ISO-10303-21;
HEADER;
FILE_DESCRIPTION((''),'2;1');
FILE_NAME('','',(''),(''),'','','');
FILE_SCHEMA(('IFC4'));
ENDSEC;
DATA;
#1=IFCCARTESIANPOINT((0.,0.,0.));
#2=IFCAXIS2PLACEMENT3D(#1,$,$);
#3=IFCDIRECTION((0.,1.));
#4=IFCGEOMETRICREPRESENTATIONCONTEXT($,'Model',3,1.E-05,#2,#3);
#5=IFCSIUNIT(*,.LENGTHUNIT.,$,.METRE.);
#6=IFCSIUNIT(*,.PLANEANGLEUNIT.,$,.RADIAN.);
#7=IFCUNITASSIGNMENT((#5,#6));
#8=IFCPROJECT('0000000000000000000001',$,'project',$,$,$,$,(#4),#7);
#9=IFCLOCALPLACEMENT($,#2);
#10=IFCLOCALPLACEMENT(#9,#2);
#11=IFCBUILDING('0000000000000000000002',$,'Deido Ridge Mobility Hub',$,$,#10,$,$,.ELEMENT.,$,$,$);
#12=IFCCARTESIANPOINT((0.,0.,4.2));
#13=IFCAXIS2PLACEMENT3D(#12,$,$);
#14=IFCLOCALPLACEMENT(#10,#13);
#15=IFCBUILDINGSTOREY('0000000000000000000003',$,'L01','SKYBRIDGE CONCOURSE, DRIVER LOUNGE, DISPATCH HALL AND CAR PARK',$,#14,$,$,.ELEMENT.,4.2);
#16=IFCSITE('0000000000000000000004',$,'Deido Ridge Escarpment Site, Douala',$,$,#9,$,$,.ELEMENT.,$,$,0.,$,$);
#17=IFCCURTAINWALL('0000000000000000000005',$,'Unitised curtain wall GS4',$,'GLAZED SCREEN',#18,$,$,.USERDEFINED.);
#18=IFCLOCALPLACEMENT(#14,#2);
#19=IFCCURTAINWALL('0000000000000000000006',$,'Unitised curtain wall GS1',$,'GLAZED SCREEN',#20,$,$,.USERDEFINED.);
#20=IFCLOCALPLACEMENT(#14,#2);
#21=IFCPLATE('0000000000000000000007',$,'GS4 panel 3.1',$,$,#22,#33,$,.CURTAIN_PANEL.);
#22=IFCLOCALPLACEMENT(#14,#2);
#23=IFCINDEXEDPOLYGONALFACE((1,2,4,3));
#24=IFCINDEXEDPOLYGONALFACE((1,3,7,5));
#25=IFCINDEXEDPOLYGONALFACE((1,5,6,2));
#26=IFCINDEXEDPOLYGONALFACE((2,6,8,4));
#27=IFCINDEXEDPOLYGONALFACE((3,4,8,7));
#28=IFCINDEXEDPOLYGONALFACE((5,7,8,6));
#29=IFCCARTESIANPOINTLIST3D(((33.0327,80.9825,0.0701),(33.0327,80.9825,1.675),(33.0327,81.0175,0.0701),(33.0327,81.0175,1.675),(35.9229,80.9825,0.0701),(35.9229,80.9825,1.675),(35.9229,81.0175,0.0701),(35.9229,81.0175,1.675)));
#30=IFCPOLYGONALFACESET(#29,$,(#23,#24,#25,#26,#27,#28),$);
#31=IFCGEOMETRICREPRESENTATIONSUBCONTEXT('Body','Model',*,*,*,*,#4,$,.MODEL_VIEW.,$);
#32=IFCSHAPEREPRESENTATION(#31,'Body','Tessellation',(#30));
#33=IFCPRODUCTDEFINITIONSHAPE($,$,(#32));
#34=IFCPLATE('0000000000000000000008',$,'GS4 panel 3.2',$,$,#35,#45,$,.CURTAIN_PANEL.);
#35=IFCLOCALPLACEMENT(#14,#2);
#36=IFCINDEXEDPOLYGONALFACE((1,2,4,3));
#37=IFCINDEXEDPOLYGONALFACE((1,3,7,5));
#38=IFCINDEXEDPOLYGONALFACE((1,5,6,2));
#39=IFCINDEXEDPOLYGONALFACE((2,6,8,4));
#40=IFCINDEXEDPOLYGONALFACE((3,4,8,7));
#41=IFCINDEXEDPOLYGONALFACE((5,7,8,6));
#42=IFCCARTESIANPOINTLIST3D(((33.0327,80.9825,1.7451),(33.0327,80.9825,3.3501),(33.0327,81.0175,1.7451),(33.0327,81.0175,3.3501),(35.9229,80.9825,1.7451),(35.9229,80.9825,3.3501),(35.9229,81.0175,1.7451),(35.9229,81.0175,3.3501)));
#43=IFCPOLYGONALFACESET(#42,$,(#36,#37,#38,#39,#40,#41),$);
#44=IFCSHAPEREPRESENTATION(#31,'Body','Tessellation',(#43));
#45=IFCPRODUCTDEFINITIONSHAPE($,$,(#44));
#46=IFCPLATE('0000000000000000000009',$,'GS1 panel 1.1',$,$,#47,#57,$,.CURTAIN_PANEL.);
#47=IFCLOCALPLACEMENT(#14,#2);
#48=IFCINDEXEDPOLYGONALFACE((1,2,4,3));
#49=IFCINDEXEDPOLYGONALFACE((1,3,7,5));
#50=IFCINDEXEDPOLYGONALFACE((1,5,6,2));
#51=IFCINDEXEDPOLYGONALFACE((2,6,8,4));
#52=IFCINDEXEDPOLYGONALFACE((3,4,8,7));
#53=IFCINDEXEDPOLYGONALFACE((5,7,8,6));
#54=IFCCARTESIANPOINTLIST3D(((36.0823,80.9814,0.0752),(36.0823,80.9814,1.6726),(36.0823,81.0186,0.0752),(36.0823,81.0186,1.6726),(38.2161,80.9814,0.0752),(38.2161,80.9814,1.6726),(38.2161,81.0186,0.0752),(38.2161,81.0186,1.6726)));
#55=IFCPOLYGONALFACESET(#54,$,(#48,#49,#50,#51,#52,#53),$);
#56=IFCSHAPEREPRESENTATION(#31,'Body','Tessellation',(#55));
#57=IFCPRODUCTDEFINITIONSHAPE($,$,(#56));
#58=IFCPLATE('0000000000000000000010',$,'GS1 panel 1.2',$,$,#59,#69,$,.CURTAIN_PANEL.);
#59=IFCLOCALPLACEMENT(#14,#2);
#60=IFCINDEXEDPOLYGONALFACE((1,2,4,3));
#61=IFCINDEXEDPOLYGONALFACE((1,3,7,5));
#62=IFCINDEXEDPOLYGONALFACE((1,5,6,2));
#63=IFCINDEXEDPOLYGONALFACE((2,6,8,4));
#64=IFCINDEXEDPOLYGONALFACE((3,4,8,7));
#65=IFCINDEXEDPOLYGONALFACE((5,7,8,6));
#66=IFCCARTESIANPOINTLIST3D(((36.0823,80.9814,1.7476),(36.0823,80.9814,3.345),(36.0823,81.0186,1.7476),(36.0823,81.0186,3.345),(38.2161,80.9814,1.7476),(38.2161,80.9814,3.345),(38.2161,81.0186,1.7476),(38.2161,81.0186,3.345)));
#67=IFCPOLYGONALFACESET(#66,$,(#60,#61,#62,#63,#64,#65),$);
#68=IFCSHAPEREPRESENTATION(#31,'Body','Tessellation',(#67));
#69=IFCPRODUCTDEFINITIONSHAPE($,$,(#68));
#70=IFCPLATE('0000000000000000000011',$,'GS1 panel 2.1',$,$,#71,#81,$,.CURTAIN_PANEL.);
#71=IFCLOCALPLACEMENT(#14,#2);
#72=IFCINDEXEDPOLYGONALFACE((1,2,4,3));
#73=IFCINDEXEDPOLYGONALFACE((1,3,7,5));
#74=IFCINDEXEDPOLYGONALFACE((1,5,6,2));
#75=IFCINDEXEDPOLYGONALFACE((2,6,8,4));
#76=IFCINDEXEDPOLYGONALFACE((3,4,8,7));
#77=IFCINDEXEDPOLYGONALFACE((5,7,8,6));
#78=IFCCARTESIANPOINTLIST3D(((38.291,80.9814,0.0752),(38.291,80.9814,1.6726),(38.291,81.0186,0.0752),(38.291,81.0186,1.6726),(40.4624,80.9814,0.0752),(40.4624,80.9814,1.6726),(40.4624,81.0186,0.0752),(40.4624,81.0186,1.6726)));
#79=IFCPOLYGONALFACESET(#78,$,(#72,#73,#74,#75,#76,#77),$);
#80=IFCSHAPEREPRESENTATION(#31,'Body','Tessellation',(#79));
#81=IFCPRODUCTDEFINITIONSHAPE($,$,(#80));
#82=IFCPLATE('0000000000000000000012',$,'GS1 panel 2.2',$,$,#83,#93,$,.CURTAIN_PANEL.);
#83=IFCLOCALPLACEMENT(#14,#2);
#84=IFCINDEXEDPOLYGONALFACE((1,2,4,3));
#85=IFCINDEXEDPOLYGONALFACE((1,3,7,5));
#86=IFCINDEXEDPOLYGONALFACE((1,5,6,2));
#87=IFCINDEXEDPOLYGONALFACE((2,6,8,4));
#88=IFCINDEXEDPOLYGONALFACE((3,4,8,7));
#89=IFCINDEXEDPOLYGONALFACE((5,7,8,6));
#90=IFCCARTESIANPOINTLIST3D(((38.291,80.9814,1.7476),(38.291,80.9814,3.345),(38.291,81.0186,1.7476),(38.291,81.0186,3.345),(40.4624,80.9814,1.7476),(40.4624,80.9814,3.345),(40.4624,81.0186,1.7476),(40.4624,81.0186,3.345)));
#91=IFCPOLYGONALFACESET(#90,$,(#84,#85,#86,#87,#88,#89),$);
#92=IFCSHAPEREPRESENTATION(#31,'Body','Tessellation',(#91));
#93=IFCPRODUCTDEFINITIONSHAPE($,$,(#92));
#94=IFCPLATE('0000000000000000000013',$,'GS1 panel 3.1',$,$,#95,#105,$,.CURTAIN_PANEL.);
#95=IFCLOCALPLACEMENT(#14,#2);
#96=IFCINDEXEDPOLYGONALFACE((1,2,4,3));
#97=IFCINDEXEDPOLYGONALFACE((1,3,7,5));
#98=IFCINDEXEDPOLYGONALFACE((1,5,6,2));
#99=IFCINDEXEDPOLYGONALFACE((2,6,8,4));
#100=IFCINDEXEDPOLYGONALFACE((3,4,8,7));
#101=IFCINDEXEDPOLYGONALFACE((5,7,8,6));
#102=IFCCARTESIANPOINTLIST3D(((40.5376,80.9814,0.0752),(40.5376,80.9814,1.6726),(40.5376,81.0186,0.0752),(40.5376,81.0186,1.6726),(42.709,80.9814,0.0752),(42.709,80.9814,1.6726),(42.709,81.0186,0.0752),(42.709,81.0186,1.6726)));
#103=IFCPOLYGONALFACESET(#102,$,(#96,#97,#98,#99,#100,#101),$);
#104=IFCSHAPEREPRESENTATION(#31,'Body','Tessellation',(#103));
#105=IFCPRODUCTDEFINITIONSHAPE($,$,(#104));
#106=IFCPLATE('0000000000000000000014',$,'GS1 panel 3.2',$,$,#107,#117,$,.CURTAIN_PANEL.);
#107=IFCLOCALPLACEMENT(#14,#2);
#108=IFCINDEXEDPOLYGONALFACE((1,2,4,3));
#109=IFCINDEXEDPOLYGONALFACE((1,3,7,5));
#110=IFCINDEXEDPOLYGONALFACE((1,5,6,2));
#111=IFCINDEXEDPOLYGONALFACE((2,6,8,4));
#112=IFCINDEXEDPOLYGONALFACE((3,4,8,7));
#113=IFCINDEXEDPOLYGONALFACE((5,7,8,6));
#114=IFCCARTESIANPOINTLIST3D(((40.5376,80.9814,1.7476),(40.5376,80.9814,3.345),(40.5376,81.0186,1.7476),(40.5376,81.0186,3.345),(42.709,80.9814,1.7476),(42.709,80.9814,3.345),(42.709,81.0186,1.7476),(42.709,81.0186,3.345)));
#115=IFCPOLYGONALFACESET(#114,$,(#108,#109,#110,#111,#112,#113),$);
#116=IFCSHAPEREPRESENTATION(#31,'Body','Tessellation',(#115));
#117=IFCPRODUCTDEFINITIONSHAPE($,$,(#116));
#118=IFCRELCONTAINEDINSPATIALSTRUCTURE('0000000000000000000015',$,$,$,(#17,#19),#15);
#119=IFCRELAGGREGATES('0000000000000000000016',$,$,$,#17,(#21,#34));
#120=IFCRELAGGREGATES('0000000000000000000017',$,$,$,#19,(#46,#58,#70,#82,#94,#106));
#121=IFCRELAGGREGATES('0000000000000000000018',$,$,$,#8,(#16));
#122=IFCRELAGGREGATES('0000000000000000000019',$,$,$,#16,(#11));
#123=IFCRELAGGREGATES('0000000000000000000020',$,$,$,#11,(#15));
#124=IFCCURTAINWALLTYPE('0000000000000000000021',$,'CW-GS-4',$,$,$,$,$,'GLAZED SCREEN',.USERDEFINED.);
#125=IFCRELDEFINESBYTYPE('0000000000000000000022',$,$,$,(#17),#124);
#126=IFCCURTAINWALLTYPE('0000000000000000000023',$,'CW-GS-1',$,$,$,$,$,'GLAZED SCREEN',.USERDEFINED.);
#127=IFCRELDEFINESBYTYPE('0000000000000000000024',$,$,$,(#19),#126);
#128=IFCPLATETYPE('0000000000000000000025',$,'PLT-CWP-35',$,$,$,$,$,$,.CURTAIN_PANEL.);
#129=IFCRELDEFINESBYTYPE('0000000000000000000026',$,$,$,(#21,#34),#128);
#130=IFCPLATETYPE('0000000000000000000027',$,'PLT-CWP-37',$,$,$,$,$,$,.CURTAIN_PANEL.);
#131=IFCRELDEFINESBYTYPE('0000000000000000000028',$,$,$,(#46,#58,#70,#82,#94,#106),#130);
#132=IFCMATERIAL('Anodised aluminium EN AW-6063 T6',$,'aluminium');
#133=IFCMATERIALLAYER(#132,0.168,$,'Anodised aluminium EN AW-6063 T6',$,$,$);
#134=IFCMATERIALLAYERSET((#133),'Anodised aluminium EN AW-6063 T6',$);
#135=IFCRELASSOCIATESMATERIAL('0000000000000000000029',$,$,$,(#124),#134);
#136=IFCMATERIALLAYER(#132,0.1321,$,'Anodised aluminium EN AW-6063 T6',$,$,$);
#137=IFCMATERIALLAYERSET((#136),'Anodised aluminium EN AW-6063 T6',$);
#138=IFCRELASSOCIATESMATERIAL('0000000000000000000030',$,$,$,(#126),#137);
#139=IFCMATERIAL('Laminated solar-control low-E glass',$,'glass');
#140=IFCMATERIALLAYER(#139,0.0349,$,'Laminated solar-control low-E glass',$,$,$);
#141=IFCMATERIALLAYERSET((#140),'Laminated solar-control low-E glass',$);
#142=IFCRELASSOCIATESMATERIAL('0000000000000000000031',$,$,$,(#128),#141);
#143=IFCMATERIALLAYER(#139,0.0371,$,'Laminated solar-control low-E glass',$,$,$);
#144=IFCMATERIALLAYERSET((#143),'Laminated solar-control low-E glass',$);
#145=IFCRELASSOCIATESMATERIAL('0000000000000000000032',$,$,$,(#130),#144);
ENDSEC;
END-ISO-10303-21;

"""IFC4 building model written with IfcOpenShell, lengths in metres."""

from ifc_helpers import new_model, si_unit, direction, frame, origin, origin_2d, place, context, subcontext, project, spatial, rectangle, extrude, material, layer, layer_set, type_object, element, aggregate, save


model = new_model("IFC4")

# Units and contexts
model_context = context("Model", 3, precision=1e-05, world=origin(), true_north=direction((0.0, 1.0)))
body_context = subcontext(model_context, "Body", "Model", "MODEL_VIEW")
ifc_project = project(units=[si_unit("LENGTHUNIT", "METRE"), si_unit("PLANEANGLEUNIT", "RADIAN")], contexts=[model_context])

# Site, building, storey
site_placement = place(None, origin())
site = spatial("IfcSite", under=ifc_project, at=site_placement, Name="Deido Ridge Escarpment Site, Douala", CompositionType="ELEMENT", RefElevation=0.0)
building_placement = place(site_placement, origin())
building = spatial("IfcBuilding", under=site, at=building_placement, Name="Deido Ridge Mobility Hub", CompositionType="ELEMENT")
storey_placement = place(building_placement, frame((0.0, 0.0, 4.2)))
storey = spatial("IfcBuildingStorey", under=building, at=storey_placement, Name="L01", Description="SKYBRIDGE CONCOURSE, DRIVER LOUNGE, DISPATCH HALL AND CAR PARK", CompositionType="ELEMENT", Elevation=4.2)

# Curtain walls
ifc_material_1 = material(Name="Anodised aluminium EN AW-6063 T6", Category="aluminium")
ifc_layer_1 = layer(ifc_material_1, 0.168, Name="Anodised aluminium EN AW-6063 T6")
ifc_layer_set_1 = layer_set([ifc_layer_1], Name="Anodised aluminium EN AW-6063 T6")
curtain_wall_type_1 = type_object("IfcCurtainWallType", Name="CW-GS-4", ElementType="GLAZED SCREEN", PredefinedType="USERDEFINED", material=ifc_layer_set_1)
curtain_wall_1_placement = place(storey_placement, origin())
curtain_wall_1 = element("IfcCurtainWall", 1, at=curtain_wall_1_placement, inside=storey, type_object=curtain_wall_type_1, Name="Unitised curtain wall GS4", ObjectType="GLAZED SCREEN", PredefinedType="USERDEFINED")
ifc_layer_2 = layer(ifc_material_1, 0.1321, Name="Anodised aluminium EN AW-6063 T6")
ifc_layer_set_2 = layer_set([ifc_layer_2], Name="Anodised aluminium EN AW-6063 T6")
curtain_wall_type_2 = type_object("IfcCurtainWallType", Name="CW-GS-1", ElementType="GLAZED SCREEN", PredefinedType="USERDEFINED", material=ifc_layer_set_2)
curtain_wall_2_placement = place(storey_placement, origin())
curtain_wall_2 = element("IfcCurtainWall", 2, at=curtain_wall_2_placement, inside=storey, type_object=curtain_wall_type_2, Name="Unitised curtain wall GS1", ObjectType="GLAZED SCREEN", PredefinedType="USERDEFINED")

# Plates
ifc_material_2 = material(Name="Laminated solar-control low-E glass", Category="glass")
ifc_layer_3 = layer(ifc_material_2, 0.0349, Name="Laminated solar-control low-E glass")
ifc_layer_set_3 = layer_set([ifc_layer_3], Name="Laminated solar-control low-E glass")
plate_type_1 = type_object("IfcPlateType", Name="PLT-CWP-35", PredefinedType="CURTAIN_PANEL", material=ifc_layer_set_3)
plate_1_placement = place(storey_placement, frame((34.4778, 81.0, 0.0701), z_axis=(0.0, 0.0, 1.0), x_axis=(1.0, 0.0, 0.0)))
plate_1 = element("IfcPlate", 3, at=plate_1_placement, type_object=plate_type_1, Name="GS4 panel 3.1", PredefinedType="CURTAIN_PANEL", context=body_context, shape_type="SweptSolid", body=[
    extrude(rectangle(XDim=2.8901, YDim=0.0349, at=origin_2d()), origin(), (0.0, 0.0, 1.0), 1.605),
])
plate_2_placement = place(storey_placement, frame((34.4778, 81.0, 1.7451), z_axis=(0.0, 0.0, 1.0), x_axis=(1.0, 0.0, 0.0)))
plate_2 = element("IfcPlate", 4, at=plate_2_placement, type_object=plate_type_1, Name="GS4 panel 3.2", PredefinedType="CURTAIN_PANEL", context=body_context, shape_type="SweptSolid", body=[
    extrude(rectangle(XDim=2.8901, YDim=0.0349, at=origin_2d()), origin(), (0.0, 0.0, 1.0), 1.605),
])
aggregate(curtain_wall_1, [plate_1, plate_2])
ifc_layer_4 = layer(ifc_material_2, 0.0371, Name="Laminated solar-control low-E glass")
ifc_layer_set_4 = layer_set([ifc_layer_4], Name="Laminated solar-control low-E glass")
plate_type_2 = type_object("IfcPlateType", Name="PLT-CWP-37", PredefinedType="CURTAIN_PANEL", material=ifc_layer_set_4)
plate_3_placement = place(storey_placement, frame((37.1492, 81.0, 0.0752), z_axis=(0.0, 0.0, 1.0), x_axis=(1.0, 0.0, 0.0)))
plate_3 = element("IfcPlate", 5, at=plate_3_placement, type_object=plate_type_2, Name="GS1 panel 1.1", PredefinedType="CURTAIN_PANEL", context=body_context, shape_type="SweptSolid", body=[
    extrude(rectangle(XDim=2.1338, YDim=0.0371, at=origin_2d()), origin(), (0.0, 0.0, 1.0), 1.5974),
])
plate_4_placement = place(storey_placement, frame((37.1492, 81.0, 1.7476), z_axis=(0.0, 0.0, 1.0), x_axis=(1.0, 0.0, 0.0)))
plate_4 = element("IfcPlate", 6, at=plate_4_placement, type_object=plate_type_2, Name="GS1 panel 1.2", PredefinedType="CURTAIN_PANEL", context=body_context, shape_type="SweptSolid", body=[
    extrude(rectangle(XDim=2.1338, YDim=0.0371, at=origin_2d()), origin(), (0.0, 0.0, 1.0), 1.5974),
])
plate_5_placement = place(storey_placement, frame((39.3767, 81.0, 0.0752), z_axis=(0.0, 0.0, 1.0), x_axis=(1.0, 0.0, 0.0)))
plate_5 = element("IfcPlate", 7, at=plate_5_placement, type_object=plate_type_2, Name="GS1 panel 2.1", PredefinedType="CURTAIN_PANEL", context=body_context, shape_type="SweptSolid", body=[
    extrude(rectangle(XDim=2.1714, YDim=0.0371, at=origin_2d()), origin(), (0.0, 0.0, 1.0), 1.5974),
])
plate_6_placement = place(storey_placement, frame((39.3767, 81.0, 1.7476), z_axis=(0.0, 0.0, 1.0), x_axis=(1.0, 0.0, 0.0)))
plate_6 = element("IfcPlate", 8, at=plate_6_placement, type_object=plate_type_2, Name="GS1 panel 2.2", PredefinedType="CURTAIN_PANEL", context=body_context, shape_type="SweptSolid", body=[
    extrude(rectangle(XDim=2.1714, YDim=0.0371, at=origin_2d()), origin(), (0.0, 0.0, 1.0), 1.5974),
])
plate_7_placement = place(storey_placement, frame((41.6233, 81.0, 0.0752), z_axis=(0.0, 0.0, 1.0), x_axis=(1.0, 0.0, 0.0)))
plate_7 = element("IfcPlate", 9, at=plate_7_placement, type_object=plate_type_2, Name="GS1 panel 3.1", PredefinedType="CURTAIN_PANEL", context=body_context, shape_type="SweptSolid", body=[
    extrude(rectangle(XDim=2.1714, YDim=0.0371, at=origin_2d()), origin(), (0.0, 0.0, 1.0), 1.5974),
])
plate_8_placement = place(storey_placement, frame((41.6233, 81.0, 1.7476), z_axis=(0.0, 0.0, 1.0), x_axis=(1.0, 0.0, 0.0)))
plate_8 = element("IfcPlate", 10, at=plate_8_placement, type_object=plate_type_2, Name="GS1 panel 3.2", PredefinedType="CURTAIN_PANEL", context=body_context, shape_type="SweptSolid", body=[
    extrude(rectangle(XDim=2.1714, YDim=0.0371, at=origin_2d()), origin(), (0.0, 0.0, 1.0), 1.5974),
])
aggregate(curtain_wall_2, [plate_3, plate_4, plate_5, plate_6, plate_7, plate_8])

save(model, "model.ifc")
